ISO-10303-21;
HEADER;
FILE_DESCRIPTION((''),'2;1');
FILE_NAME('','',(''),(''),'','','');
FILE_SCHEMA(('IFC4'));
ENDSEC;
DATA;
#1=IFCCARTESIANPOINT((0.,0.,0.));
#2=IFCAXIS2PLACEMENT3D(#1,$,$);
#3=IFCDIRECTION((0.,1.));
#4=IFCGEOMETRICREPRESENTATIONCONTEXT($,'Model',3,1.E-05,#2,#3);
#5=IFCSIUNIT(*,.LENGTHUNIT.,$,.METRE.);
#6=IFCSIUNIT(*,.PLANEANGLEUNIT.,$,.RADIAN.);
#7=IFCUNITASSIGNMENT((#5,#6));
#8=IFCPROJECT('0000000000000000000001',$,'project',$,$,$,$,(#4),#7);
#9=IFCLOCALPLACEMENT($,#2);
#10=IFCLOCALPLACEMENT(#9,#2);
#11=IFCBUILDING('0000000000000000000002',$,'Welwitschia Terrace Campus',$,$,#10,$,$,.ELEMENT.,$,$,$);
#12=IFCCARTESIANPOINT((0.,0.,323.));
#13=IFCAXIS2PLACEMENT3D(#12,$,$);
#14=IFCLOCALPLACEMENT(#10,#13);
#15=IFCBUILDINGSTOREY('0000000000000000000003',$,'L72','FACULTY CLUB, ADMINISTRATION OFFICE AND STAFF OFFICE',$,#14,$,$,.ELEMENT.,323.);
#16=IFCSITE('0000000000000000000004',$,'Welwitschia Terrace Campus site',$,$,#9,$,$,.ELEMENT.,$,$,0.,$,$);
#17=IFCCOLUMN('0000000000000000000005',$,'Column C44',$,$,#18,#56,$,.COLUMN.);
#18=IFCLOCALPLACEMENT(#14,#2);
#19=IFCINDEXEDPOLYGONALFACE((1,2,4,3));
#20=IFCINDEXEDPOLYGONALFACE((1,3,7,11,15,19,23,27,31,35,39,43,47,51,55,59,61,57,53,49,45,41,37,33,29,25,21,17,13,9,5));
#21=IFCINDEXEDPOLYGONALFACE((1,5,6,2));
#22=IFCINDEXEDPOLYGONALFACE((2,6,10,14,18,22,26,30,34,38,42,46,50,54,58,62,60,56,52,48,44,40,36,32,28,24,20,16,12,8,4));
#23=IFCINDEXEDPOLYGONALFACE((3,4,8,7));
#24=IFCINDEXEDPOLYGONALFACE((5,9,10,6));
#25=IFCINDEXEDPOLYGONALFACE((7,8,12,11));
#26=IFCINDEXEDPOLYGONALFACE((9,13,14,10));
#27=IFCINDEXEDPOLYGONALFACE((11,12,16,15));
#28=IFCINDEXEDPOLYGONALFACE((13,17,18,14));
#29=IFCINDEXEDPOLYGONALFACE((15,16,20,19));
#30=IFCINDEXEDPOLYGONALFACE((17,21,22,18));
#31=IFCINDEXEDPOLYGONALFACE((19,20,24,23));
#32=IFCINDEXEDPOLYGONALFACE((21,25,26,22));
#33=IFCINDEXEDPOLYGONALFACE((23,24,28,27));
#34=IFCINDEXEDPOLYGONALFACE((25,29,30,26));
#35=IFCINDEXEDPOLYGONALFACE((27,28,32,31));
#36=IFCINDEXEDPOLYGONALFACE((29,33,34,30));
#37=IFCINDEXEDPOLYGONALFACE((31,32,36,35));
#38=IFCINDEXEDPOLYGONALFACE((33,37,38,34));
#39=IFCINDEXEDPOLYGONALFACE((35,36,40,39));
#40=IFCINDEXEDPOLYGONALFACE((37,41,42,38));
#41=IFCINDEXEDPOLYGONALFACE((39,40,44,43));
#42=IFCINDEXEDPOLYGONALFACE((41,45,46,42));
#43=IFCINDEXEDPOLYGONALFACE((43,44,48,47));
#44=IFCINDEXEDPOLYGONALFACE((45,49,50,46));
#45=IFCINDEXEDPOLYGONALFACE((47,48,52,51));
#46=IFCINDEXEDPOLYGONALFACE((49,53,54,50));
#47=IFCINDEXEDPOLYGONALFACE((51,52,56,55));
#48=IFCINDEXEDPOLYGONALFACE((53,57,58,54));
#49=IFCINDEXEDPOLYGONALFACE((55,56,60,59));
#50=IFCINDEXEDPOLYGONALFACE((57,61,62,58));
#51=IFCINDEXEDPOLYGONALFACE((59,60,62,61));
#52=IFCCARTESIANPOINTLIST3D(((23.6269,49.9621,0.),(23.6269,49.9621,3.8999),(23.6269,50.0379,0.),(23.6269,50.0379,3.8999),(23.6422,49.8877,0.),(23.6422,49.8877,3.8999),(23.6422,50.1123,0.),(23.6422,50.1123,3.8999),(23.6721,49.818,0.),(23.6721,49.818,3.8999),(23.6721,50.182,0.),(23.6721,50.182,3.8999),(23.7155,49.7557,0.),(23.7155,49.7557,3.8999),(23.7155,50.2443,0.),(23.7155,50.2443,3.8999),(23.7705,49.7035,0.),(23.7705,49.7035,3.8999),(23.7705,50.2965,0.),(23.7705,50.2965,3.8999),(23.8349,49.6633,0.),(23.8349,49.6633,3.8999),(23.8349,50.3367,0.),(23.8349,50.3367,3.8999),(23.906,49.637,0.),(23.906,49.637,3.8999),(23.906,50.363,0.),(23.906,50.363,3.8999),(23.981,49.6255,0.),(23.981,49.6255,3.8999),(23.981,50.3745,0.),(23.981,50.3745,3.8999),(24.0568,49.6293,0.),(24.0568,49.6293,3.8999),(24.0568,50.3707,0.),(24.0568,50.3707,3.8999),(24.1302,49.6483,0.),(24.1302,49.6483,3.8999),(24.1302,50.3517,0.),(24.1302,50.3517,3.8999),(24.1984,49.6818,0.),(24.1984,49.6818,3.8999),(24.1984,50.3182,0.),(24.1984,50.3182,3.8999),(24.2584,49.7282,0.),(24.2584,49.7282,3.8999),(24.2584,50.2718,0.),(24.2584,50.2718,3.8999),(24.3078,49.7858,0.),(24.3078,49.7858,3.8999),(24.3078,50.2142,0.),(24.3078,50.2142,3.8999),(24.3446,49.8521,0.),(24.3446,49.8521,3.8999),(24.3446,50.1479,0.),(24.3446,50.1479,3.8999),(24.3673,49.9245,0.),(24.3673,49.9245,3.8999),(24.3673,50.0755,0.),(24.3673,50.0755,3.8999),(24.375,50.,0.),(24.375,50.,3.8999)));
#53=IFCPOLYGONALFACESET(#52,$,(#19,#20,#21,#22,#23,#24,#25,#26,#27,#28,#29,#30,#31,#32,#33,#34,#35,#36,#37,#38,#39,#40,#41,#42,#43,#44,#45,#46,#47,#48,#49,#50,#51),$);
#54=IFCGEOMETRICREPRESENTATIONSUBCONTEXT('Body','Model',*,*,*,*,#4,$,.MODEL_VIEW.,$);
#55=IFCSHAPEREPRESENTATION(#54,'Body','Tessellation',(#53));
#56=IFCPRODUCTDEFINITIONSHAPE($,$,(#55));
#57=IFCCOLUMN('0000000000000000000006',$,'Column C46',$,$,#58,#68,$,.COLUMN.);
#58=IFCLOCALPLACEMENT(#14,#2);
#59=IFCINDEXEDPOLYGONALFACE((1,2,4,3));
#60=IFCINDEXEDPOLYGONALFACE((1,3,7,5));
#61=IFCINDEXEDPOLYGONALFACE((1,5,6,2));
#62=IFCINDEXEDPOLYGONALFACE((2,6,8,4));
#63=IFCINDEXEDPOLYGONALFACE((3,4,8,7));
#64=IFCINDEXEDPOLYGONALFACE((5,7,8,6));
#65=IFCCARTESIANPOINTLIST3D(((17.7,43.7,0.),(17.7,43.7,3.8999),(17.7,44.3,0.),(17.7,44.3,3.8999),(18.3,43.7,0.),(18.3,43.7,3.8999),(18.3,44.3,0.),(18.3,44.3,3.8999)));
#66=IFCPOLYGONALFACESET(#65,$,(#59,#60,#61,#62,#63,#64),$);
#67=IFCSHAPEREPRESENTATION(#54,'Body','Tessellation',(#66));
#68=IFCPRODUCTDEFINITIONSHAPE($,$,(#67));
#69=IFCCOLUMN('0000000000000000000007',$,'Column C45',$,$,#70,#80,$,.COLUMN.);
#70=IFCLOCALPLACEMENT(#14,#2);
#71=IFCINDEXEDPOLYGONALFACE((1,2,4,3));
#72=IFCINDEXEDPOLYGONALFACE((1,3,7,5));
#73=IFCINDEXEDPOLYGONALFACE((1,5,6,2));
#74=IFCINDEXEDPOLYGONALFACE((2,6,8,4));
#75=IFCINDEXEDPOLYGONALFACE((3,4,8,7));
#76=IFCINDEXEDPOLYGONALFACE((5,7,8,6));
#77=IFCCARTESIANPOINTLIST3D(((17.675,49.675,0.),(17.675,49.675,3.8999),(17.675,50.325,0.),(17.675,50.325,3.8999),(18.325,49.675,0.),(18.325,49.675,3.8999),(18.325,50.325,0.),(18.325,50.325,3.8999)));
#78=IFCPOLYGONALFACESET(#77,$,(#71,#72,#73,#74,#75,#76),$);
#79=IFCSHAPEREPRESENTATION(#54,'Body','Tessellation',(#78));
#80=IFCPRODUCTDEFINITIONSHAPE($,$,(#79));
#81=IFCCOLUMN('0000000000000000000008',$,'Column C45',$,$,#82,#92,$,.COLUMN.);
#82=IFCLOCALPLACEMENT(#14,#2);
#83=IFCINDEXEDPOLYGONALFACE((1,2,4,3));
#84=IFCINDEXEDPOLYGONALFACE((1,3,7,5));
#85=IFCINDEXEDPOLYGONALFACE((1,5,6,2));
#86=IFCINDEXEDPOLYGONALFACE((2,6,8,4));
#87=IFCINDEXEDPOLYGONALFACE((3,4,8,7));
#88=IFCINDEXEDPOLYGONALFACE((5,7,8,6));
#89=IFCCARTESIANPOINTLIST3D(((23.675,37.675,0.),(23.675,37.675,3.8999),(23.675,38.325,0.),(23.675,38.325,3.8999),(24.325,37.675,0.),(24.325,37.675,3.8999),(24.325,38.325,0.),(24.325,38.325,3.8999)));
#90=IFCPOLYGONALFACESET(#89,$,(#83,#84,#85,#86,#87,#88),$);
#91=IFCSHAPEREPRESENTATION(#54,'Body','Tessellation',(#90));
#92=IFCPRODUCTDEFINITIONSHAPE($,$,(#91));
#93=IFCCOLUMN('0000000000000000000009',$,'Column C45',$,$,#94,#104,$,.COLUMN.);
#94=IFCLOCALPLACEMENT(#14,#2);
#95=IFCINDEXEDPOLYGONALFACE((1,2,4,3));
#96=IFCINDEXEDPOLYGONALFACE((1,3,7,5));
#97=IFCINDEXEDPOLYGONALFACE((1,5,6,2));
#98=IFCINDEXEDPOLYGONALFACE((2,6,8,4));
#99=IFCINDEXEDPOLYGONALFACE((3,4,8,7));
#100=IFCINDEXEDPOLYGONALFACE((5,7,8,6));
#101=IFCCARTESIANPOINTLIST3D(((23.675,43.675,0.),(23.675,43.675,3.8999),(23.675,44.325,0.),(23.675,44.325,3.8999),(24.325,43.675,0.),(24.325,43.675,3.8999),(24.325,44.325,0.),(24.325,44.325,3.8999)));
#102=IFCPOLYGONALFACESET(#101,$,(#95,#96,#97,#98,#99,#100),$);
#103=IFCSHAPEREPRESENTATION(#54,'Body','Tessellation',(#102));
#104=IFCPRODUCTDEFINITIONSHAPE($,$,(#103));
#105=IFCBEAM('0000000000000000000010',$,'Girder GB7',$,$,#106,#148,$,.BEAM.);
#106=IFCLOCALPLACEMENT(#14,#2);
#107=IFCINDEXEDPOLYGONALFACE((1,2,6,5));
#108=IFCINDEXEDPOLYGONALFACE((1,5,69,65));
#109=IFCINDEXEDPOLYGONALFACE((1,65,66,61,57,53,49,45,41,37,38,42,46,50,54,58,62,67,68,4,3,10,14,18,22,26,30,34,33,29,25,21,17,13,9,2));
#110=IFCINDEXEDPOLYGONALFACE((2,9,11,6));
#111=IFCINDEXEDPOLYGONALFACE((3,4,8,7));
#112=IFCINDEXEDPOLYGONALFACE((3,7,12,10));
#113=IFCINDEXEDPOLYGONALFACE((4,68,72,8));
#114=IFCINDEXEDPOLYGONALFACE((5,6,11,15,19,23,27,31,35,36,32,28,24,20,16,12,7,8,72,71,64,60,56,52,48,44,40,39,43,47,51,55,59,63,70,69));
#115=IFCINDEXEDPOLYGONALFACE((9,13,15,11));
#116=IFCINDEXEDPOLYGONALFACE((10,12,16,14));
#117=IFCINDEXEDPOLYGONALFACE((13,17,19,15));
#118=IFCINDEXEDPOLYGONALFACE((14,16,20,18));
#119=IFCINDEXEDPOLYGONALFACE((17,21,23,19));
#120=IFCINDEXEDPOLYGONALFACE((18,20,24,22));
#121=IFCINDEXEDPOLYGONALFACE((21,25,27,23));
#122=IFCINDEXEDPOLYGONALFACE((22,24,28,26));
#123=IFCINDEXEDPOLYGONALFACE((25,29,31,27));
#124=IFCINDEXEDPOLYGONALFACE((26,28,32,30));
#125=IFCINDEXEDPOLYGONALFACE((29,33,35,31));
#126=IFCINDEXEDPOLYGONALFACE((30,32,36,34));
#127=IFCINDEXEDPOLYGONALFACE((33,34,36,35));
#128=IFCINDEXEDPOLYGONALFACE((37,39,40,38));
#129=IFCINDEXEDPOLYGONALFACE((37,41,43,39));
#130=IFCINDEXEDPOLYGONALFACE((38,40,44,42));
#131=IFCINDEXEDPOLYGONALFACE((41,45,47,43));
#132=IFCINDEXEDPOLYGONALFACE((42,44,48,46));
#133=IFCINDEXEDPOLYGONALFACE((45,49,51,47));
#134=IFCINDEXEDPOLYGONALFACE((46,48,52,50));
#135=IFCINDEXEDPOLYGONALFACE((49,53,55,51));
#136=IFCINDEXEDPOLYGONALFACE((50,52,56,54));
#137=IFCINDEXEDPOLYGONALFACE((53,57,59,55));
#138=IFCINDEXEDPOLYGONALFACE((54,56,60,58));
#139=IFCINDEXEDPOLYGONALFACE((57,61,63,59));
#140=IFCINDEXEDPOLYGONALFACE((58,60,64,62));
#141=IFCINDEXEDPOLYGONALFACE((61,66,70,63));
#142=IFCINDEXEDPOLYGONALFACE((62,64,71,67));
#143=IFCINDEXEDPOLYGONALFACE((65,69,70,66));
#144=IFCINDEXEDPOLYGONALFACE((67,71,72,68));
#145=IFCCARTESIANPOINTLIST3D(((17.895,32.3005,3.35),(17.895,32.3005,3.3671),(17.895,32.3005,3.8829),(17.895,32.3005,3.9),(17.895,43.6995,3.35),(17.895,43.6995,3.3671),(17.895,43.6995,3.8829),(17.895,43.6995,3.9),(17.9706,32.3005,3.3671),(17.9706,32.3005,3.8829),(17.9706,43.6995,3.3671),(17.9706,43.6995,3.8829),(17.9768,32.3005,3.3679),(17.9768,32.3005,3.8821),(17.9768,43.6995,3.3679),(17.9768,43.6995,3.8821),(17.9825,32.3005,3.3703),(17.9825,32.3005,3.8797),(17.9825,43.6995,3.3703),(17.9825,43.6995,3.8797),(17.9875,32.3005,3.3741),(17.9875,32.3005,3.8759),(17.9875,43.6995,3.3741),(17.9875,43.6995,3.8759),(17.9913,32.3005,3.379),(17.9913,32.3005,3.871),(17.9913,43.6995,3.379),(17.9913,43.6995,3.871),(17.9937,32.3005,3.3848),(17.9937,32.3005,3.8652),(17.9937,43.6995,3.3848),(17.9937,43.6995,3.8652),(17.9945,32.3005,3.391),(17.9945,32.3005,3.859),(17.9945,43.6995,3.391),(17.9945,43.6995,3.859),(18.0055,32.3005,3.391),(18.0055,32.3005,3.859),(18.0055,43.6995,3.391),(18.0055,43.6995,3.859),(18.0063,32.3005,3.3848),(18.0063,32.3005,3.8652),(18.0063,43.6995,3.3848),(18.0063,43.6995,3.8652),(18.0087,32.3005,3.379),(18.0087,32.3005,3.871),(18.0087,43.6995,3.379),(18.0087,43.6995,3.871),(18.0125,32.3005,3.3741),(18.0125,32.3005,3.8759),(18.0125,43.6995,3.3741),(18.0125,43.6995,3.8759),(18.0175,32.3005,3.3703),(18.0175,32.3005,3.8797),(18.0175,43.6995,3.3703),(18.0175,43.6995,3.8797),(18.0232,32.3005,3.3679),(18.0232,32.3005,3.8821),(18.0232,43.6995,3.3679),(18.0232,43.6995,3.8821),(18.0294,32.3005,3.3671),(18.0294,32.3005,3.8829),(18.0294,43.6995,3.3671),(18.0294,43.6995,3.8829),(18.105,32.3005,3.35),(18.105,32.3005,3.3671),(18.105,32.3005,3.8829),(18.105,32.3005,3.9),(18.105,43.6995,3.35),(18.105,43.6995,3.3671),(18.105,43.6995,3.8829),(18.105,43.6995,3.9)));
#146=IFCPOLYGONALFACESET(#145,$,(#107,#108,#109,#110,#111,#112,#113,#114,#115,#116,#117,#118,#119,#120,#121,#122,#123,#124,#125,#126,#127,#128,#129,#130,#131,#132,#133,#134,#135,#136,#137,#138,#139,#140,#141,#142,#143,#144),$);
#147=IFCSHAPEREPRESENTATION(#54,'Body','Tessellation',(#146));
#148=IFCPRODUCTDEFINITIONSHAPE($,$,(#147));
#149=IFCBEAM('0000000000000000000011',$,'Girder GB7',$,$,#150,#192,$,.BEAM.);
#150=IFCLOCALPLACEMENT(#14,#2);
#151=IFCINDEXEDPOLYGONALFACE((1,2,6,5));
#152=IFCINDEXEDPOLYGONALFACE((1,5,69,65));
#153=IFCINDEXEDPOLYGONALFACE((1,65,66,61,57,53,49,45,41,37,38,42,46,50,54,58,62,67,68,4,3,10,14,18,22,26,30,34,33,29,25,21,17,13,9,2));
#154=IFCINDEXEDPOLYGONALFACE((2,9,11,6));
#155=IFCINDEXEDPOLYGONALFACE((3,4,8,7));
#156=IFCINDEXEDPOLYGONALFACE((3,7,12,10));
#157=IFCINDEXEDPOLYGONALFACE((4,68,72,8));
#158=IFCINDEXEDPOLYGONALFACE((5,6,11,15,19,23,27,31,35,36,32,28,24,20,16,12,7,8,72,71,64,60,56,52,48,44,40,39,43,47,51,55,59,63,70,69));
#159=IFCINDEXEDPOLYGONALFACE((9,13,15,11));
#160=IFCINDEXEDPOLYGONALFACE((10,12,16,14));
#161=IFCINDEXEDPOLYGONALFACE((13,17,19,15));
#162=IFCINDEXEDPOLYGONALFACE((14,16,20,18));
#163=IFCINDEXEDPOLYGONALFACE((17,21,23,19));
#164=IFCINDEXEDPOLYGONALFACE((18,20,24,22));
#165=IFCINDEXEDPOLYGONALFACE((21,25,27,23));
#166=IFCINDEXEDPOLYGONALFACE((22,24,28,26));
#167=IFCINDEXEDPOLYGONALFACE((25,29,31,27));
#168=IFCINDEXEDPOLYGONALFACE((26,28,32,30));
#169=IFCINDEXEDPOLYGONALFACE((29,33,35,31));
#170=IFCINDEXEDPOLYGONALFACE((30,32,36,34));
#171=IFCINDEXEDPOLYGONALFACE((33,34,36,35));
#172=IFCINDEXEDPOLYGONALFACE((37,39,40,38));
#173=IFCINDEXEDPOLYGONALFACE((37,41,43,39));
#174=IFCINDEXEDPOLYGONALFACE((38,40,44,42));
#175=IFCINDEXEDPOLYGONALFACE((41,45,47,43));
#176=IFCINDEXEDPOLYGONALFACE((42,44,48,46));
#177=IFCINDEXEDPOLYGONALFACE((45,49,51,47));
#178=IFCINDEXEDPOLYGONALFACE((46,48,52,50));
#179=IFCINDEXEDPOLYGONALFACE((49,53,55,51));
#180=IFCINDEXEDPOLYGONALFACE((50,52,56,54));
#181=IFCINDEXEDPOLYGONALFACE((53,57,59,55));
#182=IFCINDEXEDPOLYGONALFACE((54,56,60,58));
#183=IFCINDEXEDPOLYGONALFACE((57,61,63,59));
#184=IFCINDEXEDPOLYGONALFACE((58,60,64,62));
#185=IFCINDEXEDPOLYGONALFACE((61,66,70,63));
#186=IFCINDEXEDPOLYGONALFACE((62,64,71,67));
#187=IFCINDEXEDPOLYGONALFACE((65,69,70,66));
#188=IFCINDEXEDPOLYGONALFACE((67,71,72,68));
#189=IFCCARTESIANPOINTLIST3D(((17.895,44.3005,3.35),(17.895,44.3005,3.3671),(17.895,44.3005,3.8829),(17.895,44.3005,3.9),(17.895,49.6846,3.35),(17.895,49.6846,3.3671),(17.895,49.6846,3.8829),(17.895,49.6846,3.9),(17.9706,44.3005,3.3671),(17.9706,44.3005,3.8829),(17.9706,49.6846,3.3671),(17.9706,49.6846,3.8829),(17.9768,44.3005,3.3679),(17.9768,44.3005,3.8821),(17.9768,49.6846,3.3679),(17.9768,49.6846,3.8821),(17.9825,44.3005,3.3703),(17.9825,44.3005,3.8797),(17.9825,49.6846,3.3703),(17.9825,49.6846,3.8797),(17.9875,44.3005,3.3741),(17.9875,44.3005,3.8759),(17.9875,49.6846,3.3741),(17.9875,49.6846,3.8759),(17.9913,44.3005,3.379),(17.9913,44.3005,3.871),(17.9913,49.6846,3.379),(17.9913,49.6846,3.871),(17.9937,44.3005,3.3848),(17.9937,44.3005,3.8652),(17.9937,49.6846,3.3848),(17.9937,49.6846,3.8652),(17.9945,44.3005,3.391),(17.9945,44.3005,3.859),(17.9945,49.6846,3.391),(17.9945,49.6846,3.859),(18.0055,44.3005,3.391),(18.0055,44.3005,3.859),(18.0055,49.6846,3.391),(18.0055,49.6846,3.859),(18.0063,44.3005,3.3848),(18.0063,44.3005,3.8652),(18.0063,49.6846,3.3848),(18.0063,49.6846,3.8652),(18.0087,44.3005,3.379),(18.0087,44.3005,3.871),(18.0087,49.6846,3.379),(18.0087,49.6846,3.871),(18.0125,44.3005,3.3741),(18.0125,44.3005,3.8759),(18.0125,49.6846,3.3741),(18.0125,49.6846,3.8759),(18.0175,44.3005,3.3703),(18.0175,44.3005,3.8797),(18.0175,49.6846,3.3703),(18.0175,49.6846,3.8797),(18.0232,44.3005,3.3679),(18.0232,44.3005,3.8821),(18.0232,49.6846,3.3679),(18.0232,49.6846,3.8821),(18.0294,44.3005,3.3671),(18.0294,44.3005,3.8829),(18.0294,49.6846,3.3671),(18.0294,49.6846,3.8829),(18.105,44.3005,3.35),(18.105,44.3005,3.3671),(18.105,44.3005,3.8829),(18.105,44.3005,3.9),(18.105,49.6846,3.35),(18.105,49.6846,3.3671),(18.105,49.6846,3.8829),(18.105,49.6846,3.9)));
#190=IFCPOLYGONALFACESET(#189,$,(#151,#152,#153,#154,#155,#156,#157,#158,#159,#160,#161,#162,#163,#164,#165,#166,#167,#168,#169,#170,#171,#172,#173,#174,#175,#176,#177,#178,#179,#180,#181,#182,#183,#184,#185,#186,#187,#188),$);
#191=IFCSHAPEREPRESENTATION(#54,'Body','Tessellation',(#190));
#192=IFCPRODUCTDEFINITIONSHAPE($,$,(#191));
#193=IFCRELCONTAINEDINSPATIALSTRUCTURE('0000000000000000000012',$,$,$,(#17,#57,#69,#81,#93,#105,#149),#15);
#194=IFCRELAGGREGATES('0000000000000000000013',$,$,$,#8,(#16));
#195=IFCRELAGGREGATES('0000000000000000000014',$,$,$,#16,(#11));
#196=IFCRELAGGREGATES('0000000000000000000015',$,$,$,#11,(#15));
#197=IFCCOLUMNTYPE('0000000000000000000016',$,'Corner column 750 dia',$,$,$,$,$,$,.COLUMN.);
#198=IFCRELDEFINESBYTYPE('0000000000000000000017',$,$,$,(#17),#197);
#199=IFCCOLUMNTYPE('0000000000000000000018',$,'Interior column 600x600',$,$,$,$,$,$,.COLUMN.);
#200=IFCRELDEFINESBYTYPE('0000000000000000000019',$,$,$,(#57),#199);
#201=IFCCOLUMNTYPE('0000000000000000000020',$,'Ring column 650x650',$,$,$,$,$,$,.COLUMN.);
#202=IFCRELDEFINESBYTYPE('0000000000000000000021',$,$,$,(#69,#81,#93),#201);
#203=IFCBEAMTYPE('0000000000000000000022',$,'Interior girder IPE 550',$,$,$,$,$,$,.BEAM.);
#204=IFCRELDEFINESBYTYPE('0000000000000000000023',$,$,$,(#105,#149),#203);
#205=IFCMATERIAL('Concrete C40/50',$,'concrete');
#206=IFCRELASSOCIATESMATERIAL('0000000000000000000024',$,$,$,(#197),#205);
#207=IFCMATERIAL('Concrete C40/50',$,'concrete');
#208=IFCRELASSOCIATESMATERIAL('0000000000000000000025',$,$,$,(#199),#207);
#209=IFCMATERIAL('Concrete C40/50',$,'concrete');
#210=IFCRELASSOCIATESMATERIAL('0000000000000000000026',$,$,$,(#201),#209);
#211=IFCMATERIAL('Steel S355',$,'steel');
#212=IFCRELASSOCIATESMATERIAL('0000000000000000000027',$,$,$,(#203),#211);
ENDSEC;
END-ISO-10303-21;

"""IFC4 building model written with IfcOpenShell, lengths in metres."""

from ifc_helpers import new_model, si_unit, direction, frame, origin, origin_2d, place, context, subcontext, project, spatial, rectangle, circle, i_section, extrude, material, material_profile, profile_set, type_object, element, save


model = new_model("IFC4")

# Units and contexts
model_context = context("Model", 3, precision=1e-05, world=origin(), true_north=direction((0.0, 1.0)))
body_context = subcontext(model_context, "Body", "Model", "MODEL_VIEW")
ifc_project = project(units=[si_unit("LENGTHUNIT", "METRE"), si_unit("PLANEANGLEUNIT", "RADIAN")], contexts=[model_context])

# Site, building, storey
site_placement = place(None, origin())
site = spatial("IfcSite", under=ifc_project, at=site_placement, Name="Welwitschia Terrace Campus site", CompositionType="ELEMENT", RefElevation=0.0)
building_placement = place(site_placement, origin())
building = spatial("IfcBuilding", under=site, at=building_placement, Name="Welwitschia Terrace Campus", CompositionType="ELEMENT")
storey_placement = place(building_placement, frame((0.0, 0.0, 323.0)))
storey = spatial("IfcBuildingStorey", under=building, at=storey_placement, Name="L72", Description="FACULTY CLUB, ADMINISTRATION OFFICE AND STAFF OFFICE", CompositionType="ELEMENT", Elevation=323.0)

# Columns
ifc_material_1 = material(Name="Concrete C40/50", Category="concrete")
ifc_material_profile_1 = material_profile(ifc_material_1, circle(Radius=0.375, at=origin_2d()))
ifc_profile_set_1 = profile_set([ifc_material_profile_1], Name="Concrete C40/50")
column_type_1 = type_object("IfcColumnType", Name="Corner column 750 dia", PredefinedType="COLUMN", material=ifc_profile_set_1)
column_1_placement = place(storey_placement, frame((24.0, 50.0, 0.0), z_axis=(0.0, 0.0, 1.0), x_axis=(1.0, 0.0, 0.0)))
element("IfcColumn", 1, at=column_1_placement, inside=storey, type_object=column_type_1, Name="Column C44", PredefinedType="COLUMN", context=body_context, shape_type="SweptSolid", body=[
    extrude(circle(Radius=0.375, at=origin_2d()), origin(), (0.0, 0.0, 1.0), 3.8999),
])
ifc_material_2 = material(Name="Concrete C40/50", Category="concrete")
ifc_material_profile_2 = material_profile(ifc_material_2, rectangle(XDim=0.6001, YDim=0.6001, at=origin_2d()))
ifc_profile_set_2 = profile_set([ifc_material_profile_2], Name="Concrete C40/50")
column_type_2 = type_object("IfcColumnType", Name="Interior column 600x600", PredefinedType="COLUMN", material=ifc_profile_set_2)
column_2_placement = place(storey_placement, frame((18.0, 44.0, 0.0), z_axis=(0.0, 0.0, 1.0), x_axis=(1.0, 0.0, 0.0)))
element("IfcColumn", 2, at=column_2_placement, inside=storey, type_object=column_type_2, Name="Column C46", PredefinedType="COLUMN", context=body_context, shape_type="SweptSolid", body=[
    extrude(rectangle(XDim=0.6001, YDim=0.6001, at=origin_2d()), origin(), (0.0, 0.0, 1.0), 3.8999),
])
ifc_material_3 = material(Name="Concrete C40/50", Category="concrete")
ifc_material_profile_3 = material_profile(ifc_material_3, rectangle(XDim=0.6499, YDim=0.6499, at=origin_2d()))
ifc_profile_set_3 = profile_set([ifc_material_profile_3], Name="Concrete C40/50")
column_type_3 = type_object("IfcColumnType", Name="Ring column 650x650", PredefinedType="COLUMN", material=ifc_profile_set_3)
for number, where, z_axis, x_axis, name in (
    (3, (18.0, 50.0, 0.0), (0.0, 0.0, 1.0), (1.0, 0.0, 0.0), "Column C45"),
    (4, (24.0, 38.0, 0.0), (0.0, 0.0, 1.0), (1.0, 0.0, 0.0), "Column C45"),
    (5, (24.0, 44.0, 0.0), (0.0, 0.0, 1.0), (1.0, 0.0, 0.0), "Column C45"),
):
    element("IfcColumn", number, at=place(storey_placement, frame(where, z_axis=z_axis, x_axis=x_axis)), inside=storey, type_object=column_type_3, Name=name, PredefinedType="COLUMN", context=body_context, shape_type="SweptSolid", body=[
        extrude(rectangle(XDim=0.6499, YDim=0.6499, at=origin_2d()), origin(), (0.0, 0.0, 1.0), 3.8999),
    ])

# Beams
ifc_material_4 = material(Name="Steel S355", Category="steel")
ifc_material_profile_4 = material_profile(ifc_material_4, i_section(OverallWidth=0.21, OverallDepth=0.55, WebThickness=0.011, FlangeThickness=0.0171, FilletRadius=0.0239, at=origin_2d()))
ifc_profile_set_4 = profile_set([ifc_material_profile_4], Name="Steel S355")
beam_type_1 = type_object("IfcBeamType", Name="Interior girder IPE 550", PredefinedType="BEAM", material=ifc_profile_set_4)
beam_1_placement = place(storey_placement, frame((18.0, 32.3005, 3.625), z_axis=(0.0, 1.0, 0.0), x_axis=(-1.0, 0.0, 0.0)))
element("IfcBeam", 6, at=beam_1_placement, inside=storey, type_object=beam_type_1, Name="Girder GB7", PredefinedType="BEAM", context=body_context, shape_type="SweptSolid", body=[
    extrude(i_section(OverallWidth=0.21, OverallDepth=0.55, WebThickness=0.011, FlangeThickness=0.0171, FilletRadius=0.0239, at=origin_2d()), origin(), (0.0, 0.0, 1.0), 11.3989),
])
beam_2_placement = place(storey_placement, frame((18.0, 44.3005, 3.625), z_axis=(0.0, 1.0, 0.0), x_axis=(-1.0, 0.0, 0.0)))
element("IfcBeam", 7, at=beam_2_placement, inside=storey, type_object=beam_type_1, Name="Girder GB7", PredefinedType="BEAM", context=body_context, shape_type="SweptSolid", body=[
    extrude(i_section(OverallWidth=0.21, OverallDepth=0.55, WebThickness=0.011, FlangeThickness=0.0171, FilletRadius=0.0239, at=origin_2d()), origin(), (0.0, 0.0, 1.0), 5.384),
])

save(model, "model.ifc")
